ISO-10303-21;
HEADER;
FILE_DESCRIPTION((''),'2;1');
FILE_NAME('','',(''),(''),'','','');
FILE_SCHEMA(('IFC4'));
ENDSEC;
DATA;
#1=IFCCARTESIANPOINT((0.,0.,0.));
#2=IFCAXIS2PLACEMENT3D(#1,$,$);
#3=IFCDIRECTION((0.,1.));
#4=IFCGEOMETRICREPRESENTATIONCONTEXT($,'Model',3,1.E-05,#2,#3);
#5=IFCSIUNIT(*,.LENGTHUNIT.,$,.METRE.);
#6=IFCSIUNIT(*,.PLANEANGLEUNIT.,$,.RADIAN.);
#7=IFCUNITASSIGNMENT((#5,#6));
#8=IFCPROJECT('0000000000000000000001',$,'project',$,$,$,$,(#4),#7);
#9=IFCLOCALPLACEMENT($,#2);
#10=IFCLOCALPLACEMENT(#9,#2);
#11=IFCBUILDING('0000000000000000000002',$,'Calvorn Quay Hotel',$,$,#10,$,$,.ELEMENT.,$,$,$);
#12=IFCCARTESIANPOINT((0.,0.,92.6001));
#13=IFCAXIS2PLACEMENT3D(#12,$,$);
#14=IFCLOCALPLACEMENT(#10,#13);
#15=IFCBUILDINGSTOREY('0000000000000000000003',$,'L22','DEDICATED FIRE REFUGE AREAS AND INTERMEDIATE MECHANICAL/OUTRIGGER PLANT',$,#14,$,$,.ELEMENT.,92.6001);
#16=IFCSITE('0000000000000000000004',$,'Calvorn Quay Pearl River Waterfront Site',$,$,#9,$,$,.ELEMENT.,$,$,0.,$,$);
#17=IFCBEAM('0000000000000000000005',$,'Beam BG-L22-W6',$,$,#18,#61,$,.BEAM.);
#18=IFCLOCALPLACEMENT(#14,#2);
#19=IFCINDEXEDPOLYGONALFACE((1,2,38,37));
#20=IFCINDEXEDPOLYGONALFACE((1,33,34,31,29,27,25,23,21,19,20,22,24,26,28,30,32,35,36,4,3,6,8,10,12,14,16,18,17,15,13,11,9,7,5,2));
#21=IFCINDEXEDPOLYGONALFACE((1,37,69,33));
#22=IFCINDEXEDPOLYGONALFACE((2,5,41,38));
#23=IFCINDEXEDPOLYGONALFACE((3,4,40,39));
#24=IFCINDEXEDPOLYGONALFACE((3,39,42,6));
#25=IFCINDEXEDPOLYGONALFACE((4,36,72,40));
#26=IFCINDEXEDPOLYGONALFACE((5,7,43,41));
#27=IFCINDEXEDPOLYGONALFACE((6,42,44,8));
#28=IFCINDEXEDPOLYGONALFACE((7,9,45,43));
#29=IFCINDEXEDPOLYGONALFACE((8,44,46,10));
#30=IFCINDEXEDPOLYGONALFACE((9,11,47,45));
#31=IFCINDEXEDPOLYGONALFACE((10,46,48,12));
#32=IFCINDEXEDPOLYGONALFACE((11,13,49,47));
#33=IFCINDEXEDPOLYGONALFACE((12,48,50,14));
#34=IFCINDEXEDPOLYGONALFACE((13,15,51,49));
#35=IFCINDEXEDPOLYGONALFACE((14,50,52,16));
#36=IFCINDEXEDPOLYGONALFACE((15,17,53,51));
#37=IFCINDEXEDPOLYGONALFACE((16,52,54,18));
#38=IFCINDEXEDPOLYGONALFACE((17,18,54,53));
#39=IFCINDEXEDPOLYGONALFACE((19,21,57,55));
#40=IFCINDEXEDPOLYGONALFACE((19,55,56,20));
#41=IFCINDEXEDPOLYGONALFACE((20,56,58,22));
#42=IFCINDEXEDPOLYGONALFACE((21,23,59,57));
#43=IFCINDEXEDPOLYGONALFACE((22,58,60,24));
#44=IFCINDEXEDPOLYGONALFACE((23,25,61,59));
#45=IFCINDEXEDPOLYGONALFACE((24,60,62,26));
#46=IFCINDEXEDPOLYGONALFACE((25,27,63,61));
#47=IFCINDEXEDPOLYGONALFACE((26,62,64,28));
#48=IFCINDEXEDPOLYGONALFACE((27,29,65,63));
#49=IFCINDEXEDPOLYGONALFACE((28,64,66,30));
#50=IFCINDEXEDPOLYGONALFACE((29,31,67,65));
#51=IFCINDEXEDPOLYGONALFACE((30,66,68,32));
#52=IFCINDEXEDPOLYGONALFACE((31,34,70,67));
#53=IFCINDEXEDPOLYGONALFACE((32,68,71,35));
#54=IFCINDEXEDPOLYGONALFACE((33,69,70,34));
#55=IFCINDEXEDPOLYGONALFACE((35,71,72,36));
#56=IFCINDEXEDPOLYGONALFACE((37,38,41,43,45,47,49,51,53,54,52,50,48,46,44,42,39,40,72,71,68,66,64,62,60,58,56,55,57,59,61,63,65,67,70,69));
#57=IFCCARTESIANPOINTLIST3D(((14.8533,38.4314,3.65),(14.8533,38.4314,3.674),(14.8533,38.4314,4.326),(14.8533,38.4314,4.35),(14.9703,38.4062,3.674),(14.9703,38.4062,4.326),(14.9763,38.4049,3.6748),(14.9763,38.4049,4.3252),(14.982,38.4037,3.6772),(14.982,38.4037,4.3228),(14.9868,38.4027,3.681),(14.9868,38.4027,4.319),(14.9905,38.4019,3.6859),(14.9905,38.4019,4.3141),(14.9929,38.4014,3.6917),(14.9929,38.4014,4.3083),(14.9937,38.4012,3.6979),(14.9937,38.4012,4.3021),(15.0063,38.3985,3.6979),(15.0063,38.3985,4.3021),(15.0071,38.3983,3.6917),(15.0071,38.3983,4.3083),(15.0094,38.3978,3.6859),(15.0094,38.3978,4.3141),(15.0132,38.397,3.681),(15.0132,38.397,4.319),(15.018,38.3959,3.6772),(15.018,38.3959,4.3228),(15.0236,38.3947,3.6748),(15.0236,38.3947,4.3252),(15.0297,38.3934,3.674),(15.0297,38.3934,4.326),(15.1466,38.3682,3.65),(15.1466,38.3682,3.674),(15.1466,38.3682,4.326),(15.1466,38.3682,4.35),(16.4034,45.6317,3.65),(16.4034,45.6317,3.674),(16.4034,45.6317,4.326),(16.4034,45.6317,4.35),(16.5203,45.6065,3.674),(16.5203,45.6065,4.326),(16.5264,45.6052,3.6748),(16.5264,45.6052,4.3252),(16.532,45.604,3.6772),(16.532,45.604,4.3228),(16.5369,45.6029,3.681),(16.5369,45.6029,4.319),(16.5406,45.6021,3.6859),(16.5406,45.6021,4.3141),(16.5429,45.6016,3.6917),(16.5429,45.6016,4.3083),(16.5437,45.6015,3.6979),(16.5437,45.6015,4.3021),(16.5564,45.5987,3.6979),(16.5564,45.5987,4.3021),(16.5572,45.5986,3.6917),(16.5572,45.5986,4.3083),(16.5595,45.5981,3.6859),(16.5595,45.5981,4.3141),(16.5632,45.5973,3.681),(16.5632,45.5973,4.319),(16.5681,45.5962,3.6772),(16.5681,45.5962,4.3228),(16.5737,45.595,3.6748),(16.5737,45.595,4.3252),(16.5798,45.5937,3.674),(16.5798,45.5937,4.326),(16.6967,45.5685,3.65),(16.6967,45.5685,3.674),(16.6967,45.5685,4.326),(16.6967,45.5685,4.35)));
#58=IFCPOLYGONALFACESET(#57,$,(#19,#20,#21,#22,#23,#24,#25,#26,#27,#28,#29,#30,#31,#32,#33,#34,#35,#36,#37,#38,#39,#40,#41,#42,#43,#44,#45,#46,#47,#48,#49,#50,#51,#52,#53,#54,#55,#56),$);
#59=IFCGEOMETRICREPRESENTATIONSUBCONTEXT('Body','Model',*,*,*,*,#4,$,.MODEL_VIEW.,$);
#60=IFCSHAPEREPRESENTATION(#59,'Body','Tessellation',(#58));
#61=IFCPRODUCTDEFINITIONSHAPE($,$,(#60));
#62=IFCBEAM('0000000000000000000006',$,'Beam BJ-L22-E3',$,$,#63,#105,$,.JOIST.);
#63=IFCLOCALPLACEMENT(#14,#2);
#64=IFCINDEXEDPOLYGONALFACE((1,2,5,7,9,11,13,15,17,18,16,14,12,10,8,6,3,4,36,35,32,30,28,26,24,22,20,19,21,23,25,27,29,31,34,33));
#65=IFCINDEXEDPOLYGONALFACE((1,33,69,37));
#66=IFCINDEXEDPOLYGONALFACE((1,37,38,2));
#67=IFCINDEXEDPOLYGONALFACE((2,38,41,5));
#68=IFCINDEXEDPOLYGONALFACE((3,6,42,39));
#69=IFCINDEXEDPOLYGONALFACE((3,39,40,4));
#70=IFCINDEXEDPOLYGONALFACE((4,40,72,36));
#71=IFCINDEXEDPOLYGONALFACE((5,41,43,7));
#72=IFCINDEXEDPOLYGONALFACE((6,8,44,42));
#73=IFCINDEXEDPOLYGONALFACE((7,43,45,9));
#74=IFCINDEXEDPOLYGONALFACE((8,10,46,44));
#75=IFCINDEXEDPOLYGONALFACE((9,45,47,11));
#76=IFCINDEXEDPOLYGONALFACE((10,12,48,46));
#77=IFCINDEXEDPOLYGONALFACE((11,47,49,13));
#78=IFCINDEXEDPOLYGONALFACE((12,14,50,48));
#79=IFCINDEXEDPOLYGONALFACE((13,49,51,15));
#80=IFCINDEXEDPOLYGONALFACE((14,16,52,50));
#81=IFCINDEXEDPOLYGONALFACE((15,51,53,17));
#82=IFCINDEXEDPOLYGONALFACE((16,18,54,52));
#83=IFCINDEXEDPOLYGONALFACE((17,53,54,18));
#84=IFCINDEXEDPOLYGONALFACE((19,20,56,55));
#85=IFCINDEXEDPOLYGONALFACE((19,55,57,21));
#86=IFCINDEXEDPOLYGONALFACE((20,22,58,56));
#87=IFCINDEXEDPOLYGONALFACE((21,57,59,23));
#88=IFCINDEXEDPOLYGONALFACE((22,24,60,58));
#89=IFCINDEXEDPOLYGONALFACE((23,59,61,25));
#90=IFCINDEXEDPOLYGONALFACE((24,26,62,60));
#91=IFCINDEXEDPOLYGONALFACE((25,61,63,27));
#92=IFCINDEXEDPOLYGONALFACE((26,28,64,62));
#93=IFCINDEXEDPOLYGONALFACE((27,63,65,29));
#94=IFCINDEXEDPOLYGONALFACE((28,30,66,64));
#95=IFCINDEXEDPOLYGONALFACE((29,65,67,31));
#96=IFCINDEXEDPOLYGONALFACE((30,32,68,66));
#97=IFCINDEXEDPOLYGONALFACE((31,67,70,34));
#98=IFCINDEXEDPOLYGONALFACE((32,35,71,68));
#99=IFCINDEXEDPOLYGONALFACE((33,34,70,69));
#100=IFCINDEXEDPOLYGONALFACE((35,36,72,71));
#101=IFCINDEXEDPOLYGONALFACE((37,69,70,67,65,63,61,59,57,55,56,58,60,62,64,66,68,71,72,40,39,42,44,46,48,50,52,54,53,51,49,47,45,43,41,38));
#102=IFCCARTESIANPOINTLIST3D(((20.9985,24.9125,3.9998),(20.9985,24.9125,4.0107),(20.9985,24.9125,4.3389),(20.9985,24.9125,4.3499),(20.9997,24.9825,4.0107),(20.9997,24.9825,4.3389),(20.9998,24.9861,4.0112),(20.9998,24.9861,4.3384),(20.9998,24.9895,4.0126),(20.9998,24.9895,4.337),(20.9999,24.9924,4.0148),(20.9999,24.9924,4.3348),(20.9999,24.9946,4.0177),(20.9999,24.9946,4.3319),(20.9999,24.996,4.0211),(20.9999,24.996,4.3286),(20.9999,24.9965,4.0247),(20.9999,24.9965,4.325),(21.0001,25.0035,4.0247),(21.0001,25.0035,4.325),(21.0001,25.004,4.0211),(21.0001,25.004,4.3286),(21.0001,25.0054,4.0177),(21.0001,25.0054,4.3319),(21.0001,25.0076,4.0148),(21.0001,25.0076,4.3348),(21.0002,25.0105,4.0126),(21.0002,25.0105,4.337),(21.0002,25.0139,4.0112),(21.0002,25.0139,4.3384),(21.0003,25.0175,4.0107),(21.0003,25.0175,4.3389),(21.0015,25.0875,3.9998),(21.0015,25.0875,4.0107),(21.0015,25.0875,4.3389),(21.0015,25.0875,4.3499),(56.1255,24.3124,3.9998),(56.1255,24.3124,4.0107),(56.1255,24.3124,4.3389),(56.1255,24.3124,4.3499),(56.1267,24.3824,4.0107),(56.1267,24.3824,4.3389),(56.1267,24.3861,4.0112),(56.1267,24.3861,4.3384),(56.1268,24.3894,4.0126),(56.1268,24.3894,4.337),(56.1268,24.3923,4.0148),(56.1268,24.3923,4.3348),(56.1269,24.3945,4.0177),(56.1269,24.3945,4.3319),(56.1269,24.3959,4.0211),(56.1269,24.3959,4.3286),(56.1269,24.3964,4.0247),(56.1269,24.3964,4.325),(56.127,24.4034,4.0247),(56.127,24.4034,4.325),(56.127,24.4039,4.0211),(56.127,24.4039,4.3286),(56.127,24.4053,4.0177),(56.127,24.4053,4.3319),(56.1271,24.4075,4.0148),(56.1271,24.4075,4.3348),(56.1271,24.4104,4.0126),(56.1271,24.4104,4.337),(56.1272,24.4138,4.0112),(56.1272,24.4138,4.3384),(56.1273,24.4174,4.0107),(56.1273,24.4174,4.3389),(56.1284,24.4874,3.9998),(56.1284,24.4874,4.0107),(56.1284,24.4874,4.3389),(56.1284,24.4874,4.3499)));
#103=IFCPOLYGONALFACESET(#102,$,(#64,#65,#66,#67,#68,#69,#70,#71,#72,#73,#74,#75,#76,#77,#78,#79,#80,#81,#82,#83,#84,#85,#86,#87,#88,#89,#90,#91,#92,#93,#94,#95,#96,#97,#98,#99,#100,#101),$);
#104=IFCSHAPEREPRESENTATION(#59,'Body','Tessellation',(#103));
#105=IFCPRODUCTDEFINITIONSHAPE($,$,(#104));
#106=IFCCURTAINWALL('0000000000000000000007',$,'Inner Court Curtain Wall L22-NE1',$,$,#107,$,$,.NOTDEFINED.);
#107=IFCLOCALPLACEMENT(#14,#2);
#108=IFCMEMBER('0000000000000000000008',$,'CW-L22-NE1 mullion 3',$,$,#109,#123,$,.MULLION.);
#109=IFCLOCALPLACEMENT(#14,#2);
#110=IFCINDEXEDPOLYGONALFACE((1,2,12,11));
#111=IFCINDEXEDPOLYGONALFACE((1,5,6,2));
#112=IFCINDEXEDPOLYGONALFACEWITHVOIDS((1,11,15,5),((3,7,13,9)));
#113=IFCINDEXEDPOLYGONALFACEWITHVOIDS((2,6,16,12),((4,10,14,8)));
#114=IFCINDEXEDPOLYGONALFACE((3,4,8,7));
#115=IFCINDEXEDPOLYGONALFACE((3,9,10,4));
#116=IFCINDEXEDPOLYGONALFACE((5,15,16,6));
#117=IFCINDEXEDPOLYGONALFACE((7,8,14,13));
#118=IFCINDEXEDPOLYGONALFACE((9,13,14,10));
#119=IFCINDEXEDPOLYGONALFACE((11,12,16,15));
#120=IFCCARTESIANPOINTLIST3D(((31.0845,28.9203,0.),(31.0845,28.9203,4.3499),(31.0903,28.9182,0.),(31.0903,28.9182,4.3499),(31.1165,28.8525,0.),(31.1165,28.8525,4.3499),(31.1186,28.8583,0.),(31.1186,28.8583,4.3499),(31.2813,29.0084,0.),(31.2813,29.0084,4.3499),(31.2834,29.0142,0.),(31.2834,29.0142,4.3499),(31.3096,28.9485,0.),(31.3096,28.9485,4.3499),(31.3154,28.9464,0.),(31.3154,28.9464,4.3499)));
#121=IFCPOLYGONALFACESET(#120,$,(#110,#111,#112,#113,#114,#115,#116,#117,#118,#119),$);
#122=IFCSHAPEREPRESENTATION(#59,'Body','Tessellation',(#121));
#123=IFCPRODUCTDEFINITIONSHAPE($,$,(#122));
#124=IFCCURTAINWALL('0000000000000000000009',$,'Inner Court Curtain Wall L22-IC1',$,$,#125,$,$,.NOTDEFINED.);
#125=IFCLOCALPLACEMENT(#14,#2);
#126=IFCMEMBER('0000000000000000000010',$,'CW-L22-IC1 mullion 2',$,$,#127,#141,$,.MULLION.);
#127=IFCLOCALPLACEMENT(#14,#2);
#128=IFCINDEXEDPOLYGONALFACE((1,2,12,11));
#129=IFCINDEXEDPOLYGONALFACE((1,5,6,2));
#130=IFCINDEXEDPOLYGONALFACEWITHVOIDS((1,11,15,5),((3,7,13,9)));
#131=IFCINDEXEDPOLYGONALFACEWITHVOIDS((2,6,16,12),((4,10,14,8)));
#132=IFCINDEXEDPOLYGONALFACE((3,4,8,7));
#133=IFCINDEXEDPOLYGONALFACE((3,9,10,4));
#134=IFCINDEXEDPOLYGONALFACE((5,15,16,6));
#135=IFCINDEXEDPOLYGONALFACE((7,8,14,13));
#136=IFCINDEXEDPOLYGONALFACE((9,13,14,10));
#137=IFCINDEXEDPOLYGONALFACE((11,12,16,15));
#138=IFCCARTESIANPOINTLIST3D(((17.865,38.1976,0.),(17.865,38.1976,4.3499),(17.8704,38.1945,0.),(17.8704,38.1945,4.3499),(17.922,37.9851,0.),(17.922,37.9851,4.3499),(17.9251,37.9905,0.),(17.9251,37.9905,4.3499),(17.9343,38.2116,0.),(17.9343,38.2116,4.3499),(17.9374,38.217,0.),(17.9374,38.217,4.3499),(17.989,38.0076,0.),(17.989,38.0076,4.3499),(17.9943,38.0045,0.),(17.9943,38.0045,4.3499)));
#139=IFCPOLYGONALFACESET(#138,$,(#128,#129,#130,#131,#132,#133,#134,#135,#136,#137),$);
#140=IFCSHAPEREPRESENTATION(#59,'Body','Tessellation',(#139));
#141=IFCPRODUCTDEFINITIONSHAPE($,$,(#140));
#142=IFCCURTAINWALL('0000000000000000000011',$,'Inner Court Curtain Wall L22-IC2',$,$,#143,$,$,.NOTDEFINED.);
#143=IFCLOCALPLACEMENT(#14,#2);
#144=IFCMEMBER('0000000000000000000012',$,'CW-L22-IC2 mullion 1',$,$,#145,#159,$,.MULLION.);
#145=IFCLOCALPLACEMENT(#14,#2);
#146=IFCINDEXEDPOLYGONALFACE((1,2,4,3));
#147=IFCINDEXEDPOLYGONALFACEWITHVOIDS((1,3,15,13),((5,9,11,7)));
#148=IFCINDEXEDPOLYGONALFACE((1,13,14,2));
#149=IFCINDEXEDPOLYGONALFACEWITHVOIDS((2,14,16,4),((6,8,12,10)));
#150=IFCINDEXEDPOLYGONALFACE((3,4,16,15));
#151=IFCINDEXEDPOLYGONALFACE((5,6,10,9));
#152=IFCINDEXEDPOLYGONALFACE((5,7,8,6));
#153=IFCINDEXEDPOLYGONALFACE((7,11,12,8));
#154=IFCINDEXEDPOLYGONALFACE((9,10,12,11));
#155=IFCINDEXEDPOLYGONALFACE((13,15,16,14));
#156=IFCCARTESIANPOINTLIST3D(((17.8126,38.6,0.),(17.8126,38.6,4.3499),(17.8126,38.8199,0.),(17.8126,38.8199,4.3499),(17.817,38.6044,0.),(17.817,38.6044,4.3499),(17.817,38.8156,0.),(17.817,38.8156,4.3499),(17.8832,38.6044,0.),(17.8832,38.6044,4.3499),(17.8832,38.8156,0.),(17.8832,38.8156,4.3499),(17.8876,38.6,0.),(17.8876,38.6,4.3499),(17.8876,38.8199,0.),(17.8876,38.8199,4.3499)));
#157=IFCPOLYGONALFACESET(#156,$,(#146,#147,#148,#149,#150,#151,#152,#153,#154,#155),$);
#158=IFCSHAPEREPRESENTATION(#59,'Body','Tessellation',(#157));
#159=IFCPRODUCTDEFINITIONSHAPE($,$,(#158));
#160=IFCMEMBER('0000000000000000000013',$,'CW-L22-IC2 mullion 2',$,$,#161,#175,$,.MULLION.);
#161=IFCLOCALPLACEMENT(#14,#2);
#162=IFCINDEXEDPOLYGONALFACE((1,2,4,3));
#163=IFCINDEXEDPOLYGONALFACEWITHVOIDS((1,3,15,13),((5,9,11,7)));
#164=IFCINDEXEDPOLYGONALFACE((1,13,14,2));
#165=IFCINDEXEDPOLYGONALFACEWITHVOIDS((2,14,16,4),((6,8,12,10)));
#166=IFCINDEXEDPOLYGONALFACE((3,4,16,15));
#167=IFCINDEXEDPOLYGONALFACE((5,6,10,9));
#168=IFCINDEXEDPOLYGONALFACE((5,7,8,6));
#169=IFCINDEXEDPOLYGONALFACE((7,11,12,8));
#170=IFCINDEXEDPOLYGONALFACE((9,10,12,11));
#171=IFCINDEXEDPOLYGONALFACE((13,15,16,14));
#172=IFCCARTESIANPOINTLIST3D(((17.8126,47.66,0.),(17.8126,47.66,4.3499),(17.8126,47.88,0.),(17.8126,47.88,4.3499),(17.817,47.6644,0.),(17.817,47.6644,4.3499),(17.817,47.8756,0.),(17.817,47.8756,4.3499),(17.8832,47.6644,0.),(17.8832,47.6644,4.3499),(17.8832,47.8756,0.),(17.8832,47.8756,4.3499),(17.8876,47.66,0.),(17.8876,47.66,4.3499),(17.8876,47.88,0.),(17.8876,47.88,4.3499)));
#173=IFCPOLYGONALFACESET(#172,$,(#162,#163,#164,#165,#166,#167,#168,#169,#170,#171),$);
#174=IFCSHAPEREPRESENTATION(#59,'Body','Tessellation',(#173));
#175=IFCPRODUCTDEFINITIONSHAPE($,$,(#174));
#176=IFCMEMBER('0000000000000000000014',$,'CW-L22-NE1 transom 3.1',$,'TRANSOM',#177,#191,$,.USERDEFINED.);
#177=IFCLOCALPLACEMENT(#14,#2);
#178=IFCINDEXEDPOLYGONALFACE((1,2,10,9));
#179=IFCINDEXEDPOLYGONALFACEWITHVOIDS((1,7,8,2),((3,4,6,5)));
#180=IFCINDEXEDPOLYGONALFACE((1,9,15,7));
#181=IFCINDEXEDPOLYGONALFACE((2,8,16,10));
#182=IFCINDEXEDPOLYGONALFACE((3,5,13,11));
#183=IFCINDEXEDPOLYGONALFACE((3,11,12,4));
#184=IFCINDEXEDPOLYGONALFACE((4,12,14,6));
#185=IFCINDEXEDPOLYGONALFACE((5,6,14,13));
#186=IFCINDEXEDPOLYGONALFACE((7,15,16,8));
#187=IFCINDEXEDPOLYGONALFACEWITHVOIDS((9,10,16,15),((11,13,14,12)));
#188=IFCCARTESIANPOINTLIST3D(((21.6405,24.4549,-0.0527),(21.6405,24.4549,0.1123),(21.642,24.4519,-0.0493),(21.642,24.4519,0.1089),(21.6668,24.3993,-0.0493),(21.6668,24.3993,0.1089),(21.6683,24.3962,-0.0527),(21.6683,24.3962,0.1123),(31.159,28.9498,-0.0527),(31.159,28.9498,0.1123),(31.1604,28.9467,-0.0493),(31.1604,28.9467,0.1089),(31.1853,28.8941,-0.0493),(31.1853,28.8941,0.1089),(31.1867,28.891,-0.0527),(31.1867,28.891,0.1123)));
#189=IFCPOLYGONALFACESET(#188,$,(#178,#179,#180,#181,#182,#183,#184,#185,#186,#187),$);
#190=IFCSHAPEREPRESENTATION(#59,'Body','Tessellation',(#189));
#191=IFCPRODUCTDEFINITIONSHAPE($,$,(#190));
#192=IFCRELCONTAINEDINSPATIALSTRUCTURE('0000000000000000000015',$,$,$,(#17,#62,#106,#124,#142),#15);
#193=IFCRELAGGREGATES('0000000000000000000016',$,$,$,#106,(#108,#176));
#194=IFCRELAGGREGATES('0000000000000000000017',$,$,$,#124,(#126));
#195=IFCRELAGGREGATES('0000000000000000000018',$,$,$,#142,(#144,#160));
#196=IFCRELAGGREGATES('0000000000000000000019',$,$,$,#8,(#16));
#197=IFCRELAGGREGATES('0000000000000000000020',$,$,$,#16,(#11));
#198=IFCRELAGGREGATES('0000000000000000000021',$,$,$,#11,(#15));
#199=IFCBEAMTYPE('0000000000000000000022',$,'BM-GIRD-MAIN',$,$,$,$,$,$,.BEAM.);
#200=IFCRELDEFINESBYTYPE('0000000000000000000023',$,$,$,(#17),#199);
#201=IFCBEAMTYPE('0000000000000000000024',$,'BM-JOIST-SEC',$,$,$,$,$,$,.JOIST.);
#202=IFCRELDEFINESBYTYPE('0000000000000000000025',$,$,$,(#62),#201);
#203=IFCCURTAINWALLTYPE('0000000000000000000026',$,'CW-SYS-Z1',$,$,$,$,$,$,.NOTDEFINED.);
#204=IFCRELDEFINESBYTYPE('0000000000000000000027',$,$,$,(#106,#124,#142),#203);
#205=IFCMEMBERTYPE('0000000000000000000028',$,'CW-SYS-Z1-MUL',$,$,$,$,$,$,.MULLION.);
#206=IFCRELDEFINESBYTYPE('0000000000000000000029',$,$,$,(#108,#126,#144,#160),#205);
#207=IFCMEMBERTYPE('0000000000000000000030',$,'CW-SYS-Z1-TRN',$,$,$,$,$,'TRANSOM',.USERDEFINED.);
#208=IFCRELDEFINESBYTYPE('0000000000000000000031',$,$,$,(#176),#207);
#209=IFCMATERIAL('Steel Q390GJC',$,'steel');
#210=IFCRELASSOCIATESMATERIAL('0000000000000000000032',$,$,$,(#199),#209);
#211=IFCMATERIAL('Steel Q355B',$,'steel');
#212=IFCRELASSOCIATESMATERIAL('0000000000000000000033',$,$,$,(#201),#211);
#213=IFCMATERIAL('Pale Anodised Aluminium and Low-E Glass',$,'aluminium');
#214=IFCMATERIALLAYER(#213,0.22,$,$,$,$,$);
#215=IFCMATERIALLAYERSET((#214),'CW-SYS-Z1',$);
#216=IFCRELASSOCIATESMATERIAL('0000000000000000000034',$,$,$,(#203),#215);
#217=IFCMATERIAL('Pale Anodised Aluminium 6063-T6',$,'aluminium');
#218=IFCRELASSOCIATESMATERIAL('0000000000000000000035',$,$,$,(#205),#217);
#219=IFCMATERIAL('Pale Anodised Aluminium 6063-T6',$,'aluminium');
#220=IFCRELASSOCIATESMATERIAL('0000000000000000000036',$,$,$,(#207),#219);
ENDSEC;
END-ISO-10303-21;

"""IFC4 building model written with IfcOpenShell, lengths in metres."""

from ifc_helpers import new_model, si_unit, direction, frame, origin, origin_2d, place, context, subcontext, project, spatial, hollow_rectangle, i_section, extrude, material, layer, layer_set, material_profile, profile_set, type_object, element, aggregate, save


model = new_model("IFC4")

# Units and contexts
model_context = context("Model", 3, precision=1e-05, world=origin(), true_north=direction((0.0, 1.0)))
body_context = subcontext(model_context, "Body", "Model", "MODEL_VIEW")
ifc_project = project(units=[si_unit("LENGTHUNIT", "METRE"), si_unit("PLANEANGLEUNIT", "RADIAN")], contexts=[model_context])

# Site, building, storey
site_placement = place(None, origin())
site = spatial("IfcSite", under=ifc_project, at=site_placement, Name="Calvorn Quay Pearl River Waterfront Site", CompositionType="ELEMENT", RefElevation=0.0)
building_placement = place(site_placement, origin())
building = spatial("IfcBuilding", under=site, at=building_placement, Name="Calvorn Quay Hotel", CompositionType="ELEMENT")
storey_placement = place(building_placement, frame((0.0, 0.0, 92.6001)))
storey = spatial("IfcBuildingStorey", under=building, at=storey_placement, Name="L22", Description="DEDICATED FIRE REFUGE AREAS AND INTERMEDIATE MECHANICAL/OUTRIGGER PLANT", CompositionType="ELEMENT", Elevation=92.6001)

# Beams
ifc_material_1 = material(Name="Steel Q390GJC", Category="steel")
ifc_material_profile_1 = material_profile(ifc_material_1, i_section(OverallWidth=0.3, OverallDepth=0.7, WebThickness=0.0129, FlangeThickness=0.0239, FilletRadius=0.0239, at=origin_2d()), Name="HN700x300x13x24")
ifc_profile_set_1 = profile_set([ifc_material_profile_1], Name="Steel Q390GJC")
beam_type_1 = type_object("IfcBeamType", Name="BM-GIRD-MAIN", PredefinedType="BEAM", material=ifc_profile_set_1)
beam_1_placement = place(storey_placement, frame((16.55, 45.6001, 4.0), z_axis=(-0.210457, -0.977603, 0.0), x_axis=(0.977603, -0.210457, 0.0)))
element("IfcBeam", 1, at=beam_1_placement, inside=storey, type_object=beam_type_1, Name="Beam BG-L22-W6", PredefinedType="BEAM", context=body_context, shape_type="SweptSolid", body=[
    extrude(i_section(OverallWidth=0.3, OverallDepth=0.7, WebThickness=0.0129, FlangeThickness=0.0239, FilletRadius=0.0239, at=origin_2d()), origin(), (0.0, 0.0, 1.0), 7.3652),
])
ifc_material_2 = material(Name="Steel Q355B", Category="steel")
ifc_material_profile_2 = material_profile(ifc_material_2, i_section(OverallWidth=0.175, OverallDepth=0.3501, WebThickness=0.0071, FlangeThickness=0.011, FilletRadius=0.0139, at=origin_2d()), Name="HN350x175x7x11")
ifc_profile_set_2 = profile_set([ifc_material_profile_2], Name="Steel Q355B")
beam_type_2 = type_object("IfcBeamType", Name="BM-JOIST-SEC", PredefinedType="JOIST", material=ifc_profile_set_2)
beam_2_placement = place(storey_placement, frame((21.0, 25.0, 4.1748), z_axis=(0.999854, -0.017081, 0.0), x_axis=(0.017081, 0.999854, 0.0)))
element("IfcBeam", 2, at=beam_2_placement, inside=storey, type_object=beam_type_2, Name="Beam BJ-L22-E3", PredefinedType="JOIST", context=body_context, shape_type="SweptSolid", body=[
    extrude(i_section(OverallWidth=0.175, OverallDepth=0.3501, WebThickness=0.0071, FlangeThickness=0.011, FilletRadius=0.0139, at=origin_2d()), origin(), (0.0, 0.0, 1.0), 35.1321),
])

# Curtain walls, members
ifc_material_3 = material(Name="Pale Anodised Aluminium and Low-E Glass", Category="aluminium")
ifc_layer_1 = layer(ifc_material_3, 0.22)
ifc_layer_set_1 = layer_set([ifc_layer_1], Name="CW-SYS-Z1")
curtain_wall_type = type_object("IfcCurtainWallType", Name="CW-SYS-Z1", PredefinedType="NOTDEFINED", material=ifc_layer_set_1)
curtain_wall_1_placement = place(storey_placement, origin())
curtain_wall_1 = element("IfcCurtainWall", 3, at=curtain_wall_1_placement, inside=storey, type_object=curtain_wall_type, Name="Inner Court Curtain Wall L22-NE1", PredefinedType="NOTDEFINED")
ifc_material_4 = material(Name="Pale Anodised Aluminium 6063-T6", Category="aluminium")
ifc_material_profile_3 = material_profile(ifc_material_4, hollow_rectangle(XDim=0.075, YDim=0.22, WallThickness=0.0044, at=origin_2d()), Name="ALU-M220x75x4.5")
ifc_profile_set_3 = profile_set([ifc_material_profile_3], Name="Pale Anodised Aluminium 6063-T6")
member_type_1 = type_object("IfcMemberType", Name="CW-SYS-Z1-MUL", PredefinedType="MULLION", material=ifc_profile_set_3)
member_1_placement = place(storey_placement, frame((31.2, 28.9333, 0.0), z_axis=(0.0, 0.0, 1.0), x_axis=(0.427006, -0.904249, 0.0)))
member_1 = element("IfcMember", 4, at=member_1_placement, type_object=member_type_1, Name="CW-L22-NE1 mullion 3", PredefinedType="MULLION", context=body_context, shape_type="SweptSolid", body=[
    extrude(hollow_rectangle(XDim=0.075, YDim=0.22, WallThickness=0.0044, at=origin_2d()), origin(), (0.0, 0.0, 1.0), 4.3499),
])
curtain_wall_2_placement = place(storey_placement, origin())
curtain_wall_2 = element("IfcCurtainWall", 5, at=curtain_wall_2_placement, inside=storey, type_object=curtain_wall_type, Name="Inner Court Curtain Wall L22-IC1", PredefinedType="NOTDEFINED")
member_2_placement = place(storey_placement, frame((17.9297, 38.1011, 0.0), z_axis=(0.0, 0.0, 1.0), x_axis=(-0.965937, -0.258779, 0.0)))
member_2 = element("IfcMember", 6, at=member_2_placement, type_object=member_type_1, Name="CW-L22-IC1 mullion 2", PredefinedType="MULLION", context=body_context, shape_type="SweptSolid", body=[
    extrude(hollow_rectangle(XDim=0.075, YDim=0.22, WallThickness=0.0044, at=origin_2d()), origin(), (0.0, 0.0, 1.0), 4.3499),
])

# Curtain wall, members
curtain_wall_3_placement = place(storey_placement, origin())
curtain_wall_3 = element("IfcCurtainWall", 7, at=curtain_wall_3_placement, inside=storey, type_object=curtain_wall_type, Name="Inner Court Curtain Wall L22-IC2", PredefinedType="NOTDEFINED")
member_3_placement = place(storey_placement, frame((17.8501, 38.71, 0.0), z_axis=(0.0, 0.0, 1.0), x_axis=(-1.0, 0.0, 0.0)))
member_3 = element("IfcMember", 8, at=member_3_placement, type_object=member_type_1, Name="CW-L22-IC2 mullion 1", PredefinedType="MULLION", context=body_context, shape_type="SweptSolid", body=[
    extrude(hollow_rectangle(XDim=0.075, YDim=0.22, WallThickness=0.0044, at=origin_2d()), origin(), (0.0, 0.0, 1.0), 4.3499),
])
member_4_placement = place(storey_placement, frame((17.8501, 47.77, 0.0), z_axis=(0.0, 0.0, 1.0), x_axis=(-1.0, 0.0, 0.0)))
member_4 = element("IfcMember", 9, at=member_4_placement, type_object=member_type_1, Name="CW-L22-IC2 mullion 2", PredefinedType="MULLION", context=body_context, shape_type="SweptSolid", body=[
    extrude(hollow_rectangle(XDim=0.075, YDim=0.22, WallThickness=0.0044, at=origin_2d()), origin(), (0.0, 0.0, 1.0), 4.3499),
])

# Member
ifc_material_5 = material(Name="Pale Anodised Aluminium 6063-T6", Category="aluminium")
ifc_material_profile_4 = material_profile(ifc_material_5, hollow_rectangle(XDim=0.0649, YDim=0.165, WallThickness=0.0034, at=origin_2d()), Name="ALU-T165x65x3.5")
ifc_profile_set_4 = profile_set([ifc_material_profile_4], Name="Pale Anodised Aluminium 6063-T6")
member_type_2 = type_object("IfcMemberType", Name="CW-SYS-Z1-TRN", ElementType="TRANSOM", PredefinedType="USERDEFINED", material=ifc_profile_set_4)
member_5_placement = place(storey_placement, frame((31.1729, 28.9204, 0.0298), z_axis=(-0.904249, -0.427006, 0.0), x_axis=(0.427006, -0.904249, 0.0)))
member_5 = element("IfcMember", 10, at=member_5_placement, type_object=member_type_2, Name="CW-L22-NE1 transom 3.1", ObjectType="TRANSOM", PredefinedType="USERDEFINED", context=body_context, shape_type="SweptSolid", body=[
    extrude(hollow_rectangle(XDim=0.0649, YDim=0.165, WallThickness=0.0034, at=origin_2d()), origin(), (0.0, 0.0, 1.0), 10.5264),
])

aggregate(curtain_wall_1, [member_1, member_5])
aggregate(curtain_wall_2, [member_2])
aggregate(curtain_wall_3, [member_3, member_4])

save(model, "model.ifc")
